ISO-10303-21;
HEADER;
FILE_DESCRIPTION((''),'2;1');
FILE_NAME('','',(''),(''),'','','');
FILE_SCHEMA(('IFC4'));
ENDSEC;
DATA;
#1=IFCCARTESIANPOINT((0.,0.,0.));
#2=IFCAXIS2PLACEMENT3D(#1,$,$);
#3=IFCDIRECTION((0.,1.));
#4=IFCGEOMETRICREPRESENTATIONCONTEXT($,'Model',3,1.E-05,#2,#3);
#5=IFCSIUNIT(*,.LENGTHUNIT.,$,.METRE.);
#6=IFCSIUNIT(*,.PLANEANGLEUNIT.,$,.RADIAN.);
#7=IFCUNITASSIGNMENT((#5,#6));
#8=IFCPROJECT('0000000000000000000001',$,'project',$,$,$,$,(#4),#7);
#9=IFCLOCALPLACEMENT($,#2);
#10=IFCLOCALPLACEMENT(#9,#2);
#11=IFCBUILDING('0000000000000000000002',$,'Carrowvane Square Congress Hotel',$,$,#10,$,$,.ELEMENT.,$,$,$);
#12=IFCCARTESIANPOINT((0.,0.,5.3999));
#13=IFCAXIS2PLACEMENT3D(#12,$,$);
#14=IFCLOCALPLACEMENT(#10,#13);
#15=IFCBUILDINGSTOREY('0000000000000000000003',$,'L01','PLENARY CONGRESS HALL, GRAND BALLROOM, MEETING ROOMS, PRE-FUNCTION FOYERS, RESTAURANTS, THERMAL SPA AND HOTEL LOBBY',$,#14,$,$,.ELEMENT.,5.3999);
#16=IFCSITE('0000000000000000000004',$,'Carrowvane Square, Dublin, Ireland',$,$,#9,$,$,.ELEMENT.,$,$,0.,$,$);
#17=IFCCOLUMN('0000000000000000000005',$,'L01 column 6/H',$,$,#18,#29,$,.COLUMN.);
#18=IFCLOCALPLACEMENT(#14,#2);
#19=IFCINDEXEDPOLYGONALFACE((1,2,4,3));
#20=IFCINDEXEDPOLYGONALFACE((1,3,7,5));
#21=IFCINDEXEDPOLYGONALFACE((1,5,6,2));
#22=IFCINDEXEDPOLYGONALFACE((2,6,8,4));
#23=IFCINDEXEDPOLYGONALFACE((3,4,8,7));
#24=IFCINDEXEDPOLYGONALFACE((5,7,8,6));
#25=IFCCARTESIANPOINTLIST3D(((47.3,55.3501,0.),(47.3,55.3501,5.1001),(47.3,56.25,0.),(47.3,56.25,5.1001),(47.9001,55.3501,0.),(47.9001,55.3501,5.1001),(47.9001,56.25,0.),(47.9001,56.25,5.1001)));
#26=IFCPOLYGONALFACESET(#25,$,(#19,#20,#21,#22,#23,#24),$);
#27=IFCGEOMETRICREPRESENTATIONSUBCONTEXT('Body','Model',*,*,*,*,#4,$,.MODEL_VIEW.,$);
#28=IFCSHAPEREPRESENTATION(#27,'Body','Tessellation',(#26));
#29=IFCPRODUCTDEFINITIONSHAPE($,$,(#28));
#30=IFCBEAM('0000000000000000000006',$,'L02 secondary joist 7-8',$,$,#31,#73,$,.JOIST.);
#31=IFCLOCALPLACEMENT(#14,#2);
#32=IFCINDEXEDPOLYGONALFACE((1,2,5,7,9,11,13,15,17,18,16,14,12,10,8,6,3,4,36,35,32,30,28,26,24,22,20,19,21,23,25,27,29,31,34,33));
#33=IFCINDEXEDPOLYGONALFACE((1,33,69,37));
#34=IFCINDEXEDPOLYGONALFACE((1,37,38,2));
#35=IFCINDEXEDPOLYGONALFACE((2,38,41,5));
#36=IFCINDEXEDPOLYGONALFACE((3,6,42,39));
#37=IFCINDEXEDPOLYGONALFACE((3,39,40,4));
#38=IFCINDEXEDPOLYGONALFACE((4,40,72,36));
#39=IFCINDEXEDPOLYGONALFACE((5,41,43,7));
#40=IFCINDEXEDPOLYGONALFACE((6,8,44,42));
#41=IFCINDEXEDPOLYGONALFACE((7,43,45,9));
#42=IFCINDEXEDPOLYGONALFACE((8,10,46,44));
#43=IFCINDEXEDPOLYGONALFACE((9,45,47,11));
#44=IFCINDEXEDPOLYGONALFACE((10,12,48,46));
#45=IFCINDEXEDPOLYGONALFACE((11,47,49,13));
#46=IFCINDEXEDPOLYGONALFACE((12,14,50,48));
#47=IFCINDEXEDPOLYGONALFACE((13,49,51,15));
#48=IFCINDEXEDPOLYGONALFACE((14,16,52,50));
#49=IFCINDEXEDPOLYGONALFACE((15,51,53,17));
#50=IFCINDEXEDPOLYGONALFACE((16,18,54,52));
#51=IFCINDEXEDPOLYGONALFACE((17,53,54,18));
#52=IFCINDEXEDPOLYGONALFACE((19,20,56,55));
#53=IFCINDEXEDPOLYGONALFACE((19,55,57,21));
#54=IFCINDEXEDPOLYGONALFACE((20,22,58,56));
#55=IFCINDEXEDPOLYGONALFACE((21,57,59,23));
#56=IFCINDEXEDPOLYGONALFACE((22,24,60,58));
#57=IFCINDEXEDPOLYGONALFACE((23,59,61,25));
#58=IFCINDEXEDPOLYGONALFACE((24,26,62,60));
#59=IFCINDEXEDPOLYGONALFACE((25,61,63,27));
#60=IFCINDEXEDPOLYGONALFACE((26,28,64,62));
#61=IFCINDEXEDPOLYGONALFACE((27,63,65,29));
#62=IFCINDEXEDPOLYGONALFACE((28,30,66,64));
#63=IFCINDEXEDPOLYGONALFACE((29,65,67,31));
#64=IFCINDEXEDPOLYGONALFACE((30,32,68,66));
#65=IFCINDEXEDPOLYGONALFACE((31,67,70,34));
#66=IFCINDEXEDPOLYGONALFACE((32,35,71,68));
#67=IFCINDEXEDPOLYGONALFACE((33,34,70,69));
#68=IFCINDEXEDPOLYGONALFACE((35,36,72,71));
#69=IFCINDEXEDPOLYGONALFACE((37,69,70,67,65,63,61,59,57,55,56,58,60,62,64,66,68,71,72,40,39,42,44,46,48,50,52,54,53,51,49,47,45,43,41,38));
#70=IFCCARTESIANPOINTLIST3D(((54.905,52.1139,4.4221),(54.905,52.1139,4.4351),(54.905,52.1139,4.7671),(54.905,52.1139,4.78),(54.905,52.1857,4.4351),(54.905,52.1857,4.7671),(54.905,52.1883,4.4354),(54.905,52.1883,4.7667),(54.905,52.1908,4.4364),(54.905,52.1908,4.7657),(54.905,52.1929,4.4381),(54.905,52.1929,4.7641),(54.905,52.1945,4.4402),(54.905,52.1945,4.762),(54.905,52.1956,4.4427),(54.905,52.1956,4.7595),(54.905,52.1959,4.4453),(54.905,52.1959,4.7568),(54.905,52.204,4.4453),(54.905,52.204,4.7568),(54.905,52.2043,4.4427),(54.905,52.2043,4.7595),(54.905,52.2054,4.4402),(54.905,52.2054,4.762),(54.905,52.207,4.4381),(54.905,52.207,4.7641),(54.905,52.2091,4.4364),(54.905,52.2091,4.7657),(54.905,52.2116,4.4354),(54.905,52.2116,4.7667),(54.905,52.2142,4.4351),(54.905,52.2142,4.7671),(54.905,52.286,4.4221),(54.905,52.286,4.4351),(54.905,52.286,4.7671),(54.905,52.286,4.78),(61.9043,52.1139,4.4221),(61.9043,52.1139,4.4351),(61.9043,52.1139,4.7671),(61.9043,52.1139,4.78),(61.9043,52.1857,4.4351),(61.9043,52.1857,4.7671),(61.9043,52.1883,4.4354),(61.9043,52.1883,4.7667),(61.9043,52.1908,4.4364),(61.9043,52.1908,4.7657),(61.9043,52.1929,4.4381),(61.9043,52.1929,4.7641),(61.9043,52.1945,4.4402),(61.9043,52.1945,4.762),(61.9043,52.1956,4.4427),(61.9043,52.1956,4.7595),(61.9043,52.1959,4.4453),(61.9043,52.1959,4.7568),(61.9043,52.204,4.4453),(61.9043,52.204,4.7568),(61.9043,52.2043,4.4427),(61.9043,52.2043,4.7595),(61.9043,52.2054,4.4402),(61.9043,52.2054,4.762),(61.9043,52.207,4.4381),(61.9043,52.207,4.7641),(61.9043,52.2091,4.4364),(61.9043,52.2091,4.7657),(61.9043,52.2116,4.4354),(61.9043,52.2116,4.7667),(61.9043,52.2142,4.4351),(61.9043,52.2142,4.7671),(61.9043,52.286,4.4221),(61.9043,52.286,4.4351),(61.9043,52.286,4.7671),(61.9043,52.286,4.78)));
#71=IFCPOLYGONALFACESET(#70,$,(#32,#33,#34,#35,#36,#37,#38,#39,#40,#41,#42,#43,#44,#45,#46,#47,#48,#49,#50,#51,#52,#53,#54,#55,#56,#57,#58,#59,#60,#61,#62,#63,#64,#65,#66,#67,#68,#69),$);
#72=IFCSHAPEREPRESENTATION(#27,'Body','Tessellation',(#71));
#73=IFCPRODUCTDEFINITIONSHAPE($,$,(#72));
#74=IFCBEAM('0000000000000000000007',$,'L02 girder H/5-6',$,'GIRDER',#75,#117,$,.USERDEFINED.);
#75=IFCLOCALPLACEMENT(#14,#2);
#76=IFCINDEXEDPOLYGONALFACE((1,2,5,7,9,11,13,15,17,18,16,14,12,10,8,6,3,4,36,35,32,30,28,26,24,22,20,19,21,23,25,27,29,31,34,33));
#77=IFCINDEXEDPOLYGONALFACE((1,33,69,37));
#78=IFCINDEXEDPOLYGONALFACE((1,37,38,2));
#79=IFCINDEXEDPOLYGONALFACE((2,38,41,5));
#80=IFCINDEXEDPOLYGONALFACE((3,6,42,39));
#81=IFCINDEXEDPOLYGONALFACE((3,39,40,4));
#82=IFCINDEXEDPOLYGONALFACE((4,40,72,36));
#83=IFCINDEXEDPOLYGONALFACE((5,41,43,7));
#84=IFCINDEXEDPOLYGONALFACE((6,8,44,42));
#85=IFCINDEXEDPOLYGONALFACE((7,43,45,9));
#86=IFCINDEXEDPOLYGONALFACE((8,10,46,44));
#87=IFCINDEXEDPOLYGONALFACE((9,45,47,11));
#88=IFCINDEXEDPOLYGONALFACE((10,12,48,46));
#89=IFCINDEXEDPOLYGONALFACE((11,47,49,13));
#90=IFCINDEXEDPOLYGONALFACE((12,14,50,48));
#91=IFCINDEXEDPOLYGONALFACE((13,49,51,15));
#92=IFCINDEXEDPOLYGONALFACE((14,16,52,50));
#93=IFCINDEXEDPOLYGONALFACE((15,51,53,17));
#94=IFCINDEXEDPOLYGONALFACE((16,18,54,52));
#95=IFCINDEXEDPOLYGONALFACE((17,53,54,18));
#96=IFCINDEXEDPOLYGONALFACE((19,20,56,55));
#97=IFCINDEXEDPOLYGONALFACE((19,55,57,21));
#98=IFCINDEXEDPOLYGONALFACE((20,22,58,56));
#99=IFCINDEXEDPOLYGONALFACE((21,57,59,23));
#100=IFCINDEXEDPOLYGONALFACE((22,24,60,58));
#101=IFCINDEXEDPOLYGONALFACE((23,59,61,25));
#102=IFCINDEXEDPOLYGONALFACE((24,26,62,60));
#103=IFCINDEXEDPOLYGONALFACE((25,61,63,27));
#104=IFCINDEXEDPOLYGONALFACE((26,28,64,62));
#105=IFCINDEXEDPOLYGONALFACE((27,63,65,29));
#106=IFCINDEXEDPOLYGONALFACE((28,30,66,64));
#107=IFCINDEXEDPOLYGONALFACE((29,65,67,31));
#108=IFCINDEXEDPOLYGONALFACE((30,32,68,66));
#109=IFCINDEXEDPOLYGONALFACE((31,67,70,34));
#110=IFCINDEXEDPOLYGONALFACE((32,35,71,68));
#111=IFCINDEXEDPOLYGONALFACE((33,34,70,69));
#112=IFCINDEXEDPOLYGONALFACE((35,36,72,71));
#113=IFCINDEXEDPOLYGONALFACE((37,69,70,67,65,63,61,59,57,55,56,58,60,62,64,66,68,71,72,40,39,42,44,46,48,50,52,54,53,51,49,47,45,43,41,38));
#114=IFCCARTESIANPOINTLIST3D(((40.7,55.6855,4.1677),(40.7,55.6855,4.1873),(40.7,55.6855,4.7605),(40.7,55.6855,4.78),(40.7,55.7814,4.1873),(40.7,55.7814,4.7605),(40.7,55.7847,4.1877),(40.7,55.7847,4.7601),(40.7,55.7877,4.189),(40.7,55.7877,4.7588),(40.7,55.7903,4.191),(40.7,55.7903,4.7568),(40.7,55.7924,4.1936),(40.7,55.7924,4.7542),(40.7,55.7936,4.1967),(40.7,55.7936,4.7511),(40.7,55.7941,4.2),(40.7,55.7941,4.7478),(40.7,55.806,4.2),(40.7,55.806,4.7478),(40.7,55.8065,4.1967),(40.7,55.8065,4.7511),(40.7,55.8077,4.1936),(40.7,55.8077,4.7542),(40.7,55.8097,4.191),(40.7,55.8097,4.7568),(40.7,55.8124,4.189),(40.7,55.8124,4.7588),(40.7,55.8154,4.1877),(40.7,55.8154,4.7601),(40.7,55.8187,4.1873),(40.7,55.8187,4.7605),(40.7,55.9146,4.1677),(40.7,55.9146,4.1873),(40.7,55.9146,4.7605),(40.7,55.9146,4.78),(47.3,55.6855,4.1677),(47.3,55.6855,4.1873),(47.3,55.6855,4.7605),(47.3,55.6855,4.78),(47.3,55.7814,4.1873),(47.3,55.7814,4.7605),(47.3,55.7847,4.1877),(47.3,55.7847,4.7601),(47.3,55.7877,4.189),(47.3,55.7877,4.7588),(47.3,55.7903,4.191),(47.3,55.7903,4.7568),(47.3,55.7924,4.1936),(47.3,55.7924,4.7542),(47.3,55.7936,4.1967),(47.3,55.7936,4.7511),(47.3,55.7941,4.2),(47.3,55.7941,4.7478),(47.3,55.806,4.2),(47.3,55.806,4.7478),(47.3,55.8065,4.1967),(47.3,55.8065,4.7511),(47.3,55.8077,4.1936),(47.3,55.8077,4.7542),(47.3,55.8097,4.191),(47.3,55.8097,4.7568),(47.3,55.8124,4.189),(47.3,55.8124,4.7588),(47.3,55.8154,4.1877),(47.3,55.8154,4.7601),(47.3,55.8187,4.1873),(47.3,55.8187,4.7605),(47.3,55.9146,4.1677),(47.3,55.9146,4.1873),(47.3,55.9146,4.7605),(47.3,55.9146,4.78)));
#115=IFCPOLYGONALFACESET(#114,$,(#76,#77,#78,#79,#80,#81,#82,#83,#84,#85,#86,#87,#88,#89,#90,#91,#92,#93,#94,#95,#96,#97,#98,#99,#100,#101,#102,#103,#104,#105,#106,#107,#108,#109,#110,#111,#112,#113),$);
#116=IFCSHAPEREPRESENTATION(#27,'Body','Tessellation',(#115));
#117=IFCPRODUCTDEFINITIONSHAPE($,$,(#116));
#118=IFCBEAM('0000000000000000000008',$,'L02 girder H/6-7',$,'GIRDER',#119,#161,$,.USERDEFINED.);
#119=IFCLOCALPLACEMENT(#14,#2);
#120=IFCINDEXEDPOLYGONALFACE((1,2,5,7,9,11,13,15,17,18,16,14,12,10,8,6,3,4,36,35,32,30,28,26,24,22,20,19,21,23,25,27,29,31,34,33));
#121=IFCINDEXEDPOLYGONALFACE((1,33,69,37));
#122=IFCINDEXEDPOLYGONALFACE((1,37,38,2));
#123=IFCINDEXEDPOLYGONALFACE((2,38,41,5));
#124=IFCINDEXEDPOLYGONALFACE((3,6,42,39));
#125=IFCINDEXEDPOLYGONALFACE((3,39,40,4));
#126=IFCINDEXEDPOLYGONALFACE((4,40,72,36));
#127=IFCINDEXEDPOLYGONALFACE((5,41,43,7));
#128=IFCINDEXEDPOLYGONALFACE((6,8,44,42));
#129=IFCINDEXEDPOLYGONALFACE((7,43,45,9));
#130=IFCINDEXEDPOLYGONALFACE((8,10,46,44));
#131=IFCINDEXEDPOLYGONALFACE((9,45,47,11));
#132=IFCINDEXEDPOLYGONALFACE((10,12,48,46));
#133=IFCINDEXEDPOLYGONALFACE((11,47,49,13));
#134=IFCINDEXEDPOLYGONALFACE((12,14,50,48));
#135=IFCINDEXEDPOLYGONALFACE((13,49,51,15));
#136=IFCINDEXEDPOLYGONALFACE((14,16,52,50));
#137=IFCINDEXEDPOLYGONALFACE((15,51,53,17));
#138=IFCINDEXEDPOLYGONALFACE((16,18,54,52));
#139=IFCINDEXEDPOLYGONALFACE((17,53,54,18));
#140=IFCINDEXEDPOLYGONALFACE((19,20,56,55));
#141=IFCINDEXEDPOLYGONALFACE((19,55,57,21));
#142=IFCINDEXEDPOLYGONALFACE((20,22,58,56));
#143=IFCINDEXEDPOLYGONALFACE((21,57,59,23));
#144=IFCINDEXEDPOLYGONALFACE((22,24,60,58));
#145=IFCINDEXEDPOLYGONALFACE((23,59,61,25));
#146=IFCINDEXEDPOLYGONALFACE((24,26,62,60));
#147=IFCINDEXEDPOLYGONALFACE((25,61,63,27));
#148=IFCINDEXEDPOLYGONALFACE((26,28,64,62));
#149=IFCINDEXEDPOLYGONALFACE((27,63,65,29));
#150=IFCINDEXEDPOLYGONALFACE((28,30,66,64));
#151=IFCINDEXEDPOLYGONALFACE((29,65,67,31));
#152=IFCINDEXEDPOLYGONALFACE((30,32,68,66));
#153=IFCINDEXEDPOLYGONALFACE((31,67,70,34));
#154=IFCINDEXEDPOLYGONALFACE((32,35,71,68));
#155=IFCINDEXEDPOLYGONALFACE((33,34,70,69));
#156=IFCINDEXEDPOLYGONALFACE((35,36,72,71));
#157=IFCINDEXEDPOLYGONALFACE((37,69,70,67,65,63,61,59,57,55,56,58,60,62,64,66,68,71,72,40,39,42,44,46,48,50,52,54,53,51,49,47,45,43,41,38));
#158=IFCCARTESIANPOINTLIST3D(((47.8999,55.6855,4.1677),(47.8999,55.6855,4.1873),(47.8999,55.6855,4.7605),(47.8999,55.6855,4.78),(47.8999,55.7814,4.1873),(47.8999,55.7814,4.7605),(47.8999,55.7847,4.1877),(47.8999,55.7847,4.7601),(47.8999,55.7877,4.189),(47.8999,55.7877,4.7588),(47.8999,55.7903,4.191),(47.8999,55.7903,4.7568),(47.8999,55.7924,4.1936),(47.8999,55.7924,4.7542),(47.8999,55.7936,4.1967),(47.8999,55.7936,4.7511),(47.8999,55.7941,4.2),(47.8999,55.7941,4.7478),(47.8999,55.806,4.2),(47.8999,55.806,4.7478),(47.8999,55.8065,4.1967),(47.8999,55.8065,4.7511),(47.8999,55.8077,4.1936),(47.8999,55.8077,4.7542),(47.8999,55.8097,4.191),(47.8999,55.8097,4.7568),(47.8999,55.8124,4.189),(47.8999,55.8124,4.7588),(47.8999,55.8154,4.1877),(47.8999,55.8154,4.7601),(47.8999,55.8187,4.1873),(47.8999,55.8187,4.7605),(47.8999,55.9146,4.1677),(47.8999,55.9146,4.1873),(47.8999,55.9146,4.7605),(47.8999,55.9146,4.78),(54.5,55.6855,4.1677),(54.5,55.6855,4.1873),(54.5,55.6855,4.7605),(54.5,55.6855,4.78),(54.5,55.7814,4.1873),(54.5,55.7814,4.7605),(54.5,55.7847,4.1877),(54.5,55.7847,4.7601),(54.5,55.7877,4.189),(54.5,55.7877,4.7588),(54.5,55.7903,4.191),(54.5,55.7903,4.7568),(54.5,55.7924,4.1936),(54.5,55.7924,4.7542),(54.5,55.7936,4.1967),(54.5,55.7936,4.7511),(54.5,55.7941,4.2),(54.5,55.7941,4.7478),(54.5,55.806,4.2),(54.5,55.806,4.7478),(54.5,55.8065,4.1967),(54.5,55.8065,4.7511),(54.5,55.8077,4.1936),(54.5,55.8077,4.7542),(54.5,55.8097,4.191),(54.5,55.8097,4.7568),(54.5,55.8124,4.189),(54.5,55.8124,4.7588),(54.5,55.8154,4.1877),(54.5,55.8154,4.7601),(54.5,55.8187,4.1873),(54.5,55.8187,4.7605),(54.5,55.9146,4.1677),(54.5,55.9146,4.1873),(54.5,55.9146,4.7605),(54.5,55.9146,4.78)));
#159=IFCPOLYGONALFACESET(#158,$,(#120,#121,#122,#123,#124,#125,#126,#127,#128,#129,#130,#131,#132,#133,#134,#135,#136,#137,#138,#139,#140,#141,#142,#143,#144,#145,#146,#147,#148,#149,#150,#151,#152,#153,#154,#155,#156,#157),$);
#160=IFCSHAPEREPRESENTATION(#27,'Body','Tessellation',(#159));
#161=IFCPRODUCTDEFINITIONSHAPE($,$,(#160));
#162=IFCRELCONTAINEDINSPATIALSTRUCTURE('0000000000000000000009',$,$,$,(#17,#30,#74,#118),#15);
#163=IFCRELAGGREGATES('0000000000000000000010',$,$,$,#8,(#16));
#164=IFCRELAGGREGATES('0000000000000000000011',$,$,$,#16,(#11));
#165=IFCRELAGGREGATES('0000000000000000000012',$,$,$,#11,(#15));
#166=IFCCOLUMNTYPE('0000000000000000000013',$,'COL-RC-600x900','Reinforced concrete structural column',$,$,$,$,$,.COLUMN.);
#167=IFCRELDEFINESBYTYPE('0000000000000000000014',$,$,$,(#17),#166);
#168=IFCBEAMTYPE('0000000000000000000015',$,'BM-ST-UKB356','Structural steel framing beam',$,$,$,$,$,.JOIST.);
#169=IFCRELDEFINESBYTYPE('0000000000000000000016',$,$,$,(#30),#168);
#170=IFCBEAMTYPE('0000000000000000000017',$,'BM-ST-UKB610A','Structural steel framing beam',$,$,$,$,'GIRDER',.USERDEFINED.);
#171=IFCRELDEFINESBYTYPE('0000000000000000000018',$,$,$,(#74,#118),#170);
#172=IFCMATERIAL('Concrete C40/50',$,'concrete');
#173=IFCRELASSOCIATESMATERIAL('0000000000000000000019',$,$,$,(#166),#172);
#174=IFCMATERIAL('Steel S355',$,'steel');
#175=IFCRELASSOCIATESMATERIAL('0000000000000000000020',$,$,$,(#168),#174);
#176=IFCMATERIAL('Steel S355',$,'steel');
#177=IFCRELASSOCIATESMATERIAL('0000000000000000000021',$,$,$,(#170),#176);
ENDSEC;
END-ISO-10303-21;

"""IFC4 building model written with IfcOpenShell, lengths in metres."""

from ifc_helpers import new_model, si_unit, direction, frame, origin, origin_2d, place, context, subcontext, project, spatial, rectangle, i_section, extrude, material, material_profile, profile_set, type_object, element, save


model = new_model("IFC4")

# Units and contexts
model_context = context("Model", 3, precision=1e-05, world=origin(), true_north=direction((0.0, 1.0)))
body_context = subcontext(model_context, "Body", "Model", "MODEL_VIEW")
ifc_project = project(units=[si_unit("LENGTHUNIT", "METRE"), si_unit("PLANEANGLEUNIT", "RADIAN")], contexts=[model_context])

# Site, building, storey
site_placement = place(None, origin())
site = spatial("IfcSite", under=ifc_project, at=site_placement, Name="Carrowvane Square, Dublin, Ireland", CompositionType="ELEMENT", RefElevation=0.0)
building_placement = place(site_placement, origin())
building = spatial("IfcBuilding", under=site, at=building_placement, Name="Carrowvane Square Congress Hotel", CompositionType="ELEMENT")
storey_placement = place(building_placement, frame((0.0, 0.0, 5.3999)))
storey = spatial("IfcBuildingStorey", under=building, at=storey_placement, Name="L01", Description="PLENARY CONGRESS HALL, GRAND BALLROOM, MEETING ROOMS, PRE-FUNCTION FOYERS, RESTAURANTS, THERMAL SPA AND HOTEL LOBBY", CompositionType="ELEMENT", Elevation=5.3999)

# Column
ifc_material_1 = material(Name="Concrete C40/50", Category="concrete")
ifc_material_profile_1 = material_profile(ifc_material_1, rectangle(XDim=0.6001, YDim=0.8999, at=origin_2d()), Name="RC 600x900")
ifc_profile_set_1 = profile_set([ifc_material_profile_1], Name="Concrete C40/50")
column_type = type_object("IfcColumnType", Name="COL-RC-600x900", Description="Reinforced concrete structural column", PredefinedType="COLUMN", material=ifc_profile_set_1)
column_placement = place(storey_placement, frame((47.6001, 55.8, 0.0), z_axis=(0.0, 0.0, 1.0), x_axis=(1.0, 0.0, 0.0)))
element("IfcColumn", 1, at=column_placement, inside=storey, type_object=column_type, Name="L01 column 6/H", PredefinedType="COLUMN", context=body_context, shape_type="SweptSolid", body=[
    extrude(rectangle(XDim=0.6001, YDim=0.8999, at=origin_2d()), origin(), (0.0, 0.0, 1.0), 5.1001),
])

# Beams
ifc_material_2 = material(Name="Steel S355", Category="steel")
ifc_material_profile_2 = material_profile(ifc_material_2, i_section(OverallWidth=0.1721, OverallDepth=0.3579, WebThickness=0.0081, FlangeThickness=0.0129, FilletRadius=0.0103, at=origin_2d()), Name="UKB 356x171x57")
ifc_profile_set_2 = profile_set([ifc_material_profile_2], Name="Steel S355")
beam_type_1 = type_object("IfcBeamType", Name="BM-ST-UKB356", Description="Structural steel framing beam", PredefinedType="JOIST", material=ifc_profile_set_2)
beam_placement = place(storey_placement, frame((54.905, 52.2, 4.6011), z_axis=(1.0, 0.0, 0.0), x_axis=(0.0, 1.0, 0.0)))
element("IfcBeam", 2, at=beam_placement, inside=storey, type_object=beam_type_1, Name="L02 secondary joist 7-8", PredefinedType="JOIST", context=body_context, shape_type="SweptSolid", body=[
    extrude(i_section(OverallWidth=0.1721, OverallDepth=0.3579, WebThickness=0.0081, FlangeThickness=0.0129, FilletRadius=0.0103, at=origin_2d()), origin(), (0.0, 0.0, 1.0), 6.9993),
])
ifc_material_3 = material(Name="Steel S355", Category="steel")
ifc_material_profile_3 = material_profile(ifc_material_3, i_section(OverallWidth=0.229, OverallDepth=0.6123, WebThickness=0.012, FlangeThickness=0.0195, FilletRadius=0.0127, at=origin_2d()), Name="UKB 610x229x125")
ifc_profile_set_3 = profile_set([ifc_material_profile_3], Name="Steel S355")
beam_type_2 = type_object("IfcBeamType", Name="BM-ST-UKB610A", Description="Structural steel framing beam", ElementType="GIRDER", PredefinedType="USERDEFINED", material=ifc_profile_set_3)
for number, where, z_axis, x_axis, name in (
    (3, (40.7, 55.8, 4.4739), (1.0, 0.0, 0.0), (0.0, 1.0, 0.0), "L02 girder H/5-6"),
    (4, (47.8999, 55.8, 4.4739), (1.0, 0.0, 0.0), (0.0, 1.0, 0.0), "L02 girder H/6-7"),
):
    element("IfcBeam", number, at=place(storey_placement, frame(where, z_axis=z_axis, x_axis=x_axis)), inside=storey, type_object=beam_type_2, Name=name, ObjectType="GIRDER", PredefinedType="USERDEFINED", context=body_context, shape_type="SweptSolid", body=[
        extrude(i_section(OverallWidth=0.229, OverallDepth=0.6123, WebThickness=0.012, FlangeThickness=0.0195, FilletRadius=0.0127, at=origin_2d()), origin(), (0.0, 0.0, 1.0), 6.6001),
    ])

save(model, "model.ifc")
